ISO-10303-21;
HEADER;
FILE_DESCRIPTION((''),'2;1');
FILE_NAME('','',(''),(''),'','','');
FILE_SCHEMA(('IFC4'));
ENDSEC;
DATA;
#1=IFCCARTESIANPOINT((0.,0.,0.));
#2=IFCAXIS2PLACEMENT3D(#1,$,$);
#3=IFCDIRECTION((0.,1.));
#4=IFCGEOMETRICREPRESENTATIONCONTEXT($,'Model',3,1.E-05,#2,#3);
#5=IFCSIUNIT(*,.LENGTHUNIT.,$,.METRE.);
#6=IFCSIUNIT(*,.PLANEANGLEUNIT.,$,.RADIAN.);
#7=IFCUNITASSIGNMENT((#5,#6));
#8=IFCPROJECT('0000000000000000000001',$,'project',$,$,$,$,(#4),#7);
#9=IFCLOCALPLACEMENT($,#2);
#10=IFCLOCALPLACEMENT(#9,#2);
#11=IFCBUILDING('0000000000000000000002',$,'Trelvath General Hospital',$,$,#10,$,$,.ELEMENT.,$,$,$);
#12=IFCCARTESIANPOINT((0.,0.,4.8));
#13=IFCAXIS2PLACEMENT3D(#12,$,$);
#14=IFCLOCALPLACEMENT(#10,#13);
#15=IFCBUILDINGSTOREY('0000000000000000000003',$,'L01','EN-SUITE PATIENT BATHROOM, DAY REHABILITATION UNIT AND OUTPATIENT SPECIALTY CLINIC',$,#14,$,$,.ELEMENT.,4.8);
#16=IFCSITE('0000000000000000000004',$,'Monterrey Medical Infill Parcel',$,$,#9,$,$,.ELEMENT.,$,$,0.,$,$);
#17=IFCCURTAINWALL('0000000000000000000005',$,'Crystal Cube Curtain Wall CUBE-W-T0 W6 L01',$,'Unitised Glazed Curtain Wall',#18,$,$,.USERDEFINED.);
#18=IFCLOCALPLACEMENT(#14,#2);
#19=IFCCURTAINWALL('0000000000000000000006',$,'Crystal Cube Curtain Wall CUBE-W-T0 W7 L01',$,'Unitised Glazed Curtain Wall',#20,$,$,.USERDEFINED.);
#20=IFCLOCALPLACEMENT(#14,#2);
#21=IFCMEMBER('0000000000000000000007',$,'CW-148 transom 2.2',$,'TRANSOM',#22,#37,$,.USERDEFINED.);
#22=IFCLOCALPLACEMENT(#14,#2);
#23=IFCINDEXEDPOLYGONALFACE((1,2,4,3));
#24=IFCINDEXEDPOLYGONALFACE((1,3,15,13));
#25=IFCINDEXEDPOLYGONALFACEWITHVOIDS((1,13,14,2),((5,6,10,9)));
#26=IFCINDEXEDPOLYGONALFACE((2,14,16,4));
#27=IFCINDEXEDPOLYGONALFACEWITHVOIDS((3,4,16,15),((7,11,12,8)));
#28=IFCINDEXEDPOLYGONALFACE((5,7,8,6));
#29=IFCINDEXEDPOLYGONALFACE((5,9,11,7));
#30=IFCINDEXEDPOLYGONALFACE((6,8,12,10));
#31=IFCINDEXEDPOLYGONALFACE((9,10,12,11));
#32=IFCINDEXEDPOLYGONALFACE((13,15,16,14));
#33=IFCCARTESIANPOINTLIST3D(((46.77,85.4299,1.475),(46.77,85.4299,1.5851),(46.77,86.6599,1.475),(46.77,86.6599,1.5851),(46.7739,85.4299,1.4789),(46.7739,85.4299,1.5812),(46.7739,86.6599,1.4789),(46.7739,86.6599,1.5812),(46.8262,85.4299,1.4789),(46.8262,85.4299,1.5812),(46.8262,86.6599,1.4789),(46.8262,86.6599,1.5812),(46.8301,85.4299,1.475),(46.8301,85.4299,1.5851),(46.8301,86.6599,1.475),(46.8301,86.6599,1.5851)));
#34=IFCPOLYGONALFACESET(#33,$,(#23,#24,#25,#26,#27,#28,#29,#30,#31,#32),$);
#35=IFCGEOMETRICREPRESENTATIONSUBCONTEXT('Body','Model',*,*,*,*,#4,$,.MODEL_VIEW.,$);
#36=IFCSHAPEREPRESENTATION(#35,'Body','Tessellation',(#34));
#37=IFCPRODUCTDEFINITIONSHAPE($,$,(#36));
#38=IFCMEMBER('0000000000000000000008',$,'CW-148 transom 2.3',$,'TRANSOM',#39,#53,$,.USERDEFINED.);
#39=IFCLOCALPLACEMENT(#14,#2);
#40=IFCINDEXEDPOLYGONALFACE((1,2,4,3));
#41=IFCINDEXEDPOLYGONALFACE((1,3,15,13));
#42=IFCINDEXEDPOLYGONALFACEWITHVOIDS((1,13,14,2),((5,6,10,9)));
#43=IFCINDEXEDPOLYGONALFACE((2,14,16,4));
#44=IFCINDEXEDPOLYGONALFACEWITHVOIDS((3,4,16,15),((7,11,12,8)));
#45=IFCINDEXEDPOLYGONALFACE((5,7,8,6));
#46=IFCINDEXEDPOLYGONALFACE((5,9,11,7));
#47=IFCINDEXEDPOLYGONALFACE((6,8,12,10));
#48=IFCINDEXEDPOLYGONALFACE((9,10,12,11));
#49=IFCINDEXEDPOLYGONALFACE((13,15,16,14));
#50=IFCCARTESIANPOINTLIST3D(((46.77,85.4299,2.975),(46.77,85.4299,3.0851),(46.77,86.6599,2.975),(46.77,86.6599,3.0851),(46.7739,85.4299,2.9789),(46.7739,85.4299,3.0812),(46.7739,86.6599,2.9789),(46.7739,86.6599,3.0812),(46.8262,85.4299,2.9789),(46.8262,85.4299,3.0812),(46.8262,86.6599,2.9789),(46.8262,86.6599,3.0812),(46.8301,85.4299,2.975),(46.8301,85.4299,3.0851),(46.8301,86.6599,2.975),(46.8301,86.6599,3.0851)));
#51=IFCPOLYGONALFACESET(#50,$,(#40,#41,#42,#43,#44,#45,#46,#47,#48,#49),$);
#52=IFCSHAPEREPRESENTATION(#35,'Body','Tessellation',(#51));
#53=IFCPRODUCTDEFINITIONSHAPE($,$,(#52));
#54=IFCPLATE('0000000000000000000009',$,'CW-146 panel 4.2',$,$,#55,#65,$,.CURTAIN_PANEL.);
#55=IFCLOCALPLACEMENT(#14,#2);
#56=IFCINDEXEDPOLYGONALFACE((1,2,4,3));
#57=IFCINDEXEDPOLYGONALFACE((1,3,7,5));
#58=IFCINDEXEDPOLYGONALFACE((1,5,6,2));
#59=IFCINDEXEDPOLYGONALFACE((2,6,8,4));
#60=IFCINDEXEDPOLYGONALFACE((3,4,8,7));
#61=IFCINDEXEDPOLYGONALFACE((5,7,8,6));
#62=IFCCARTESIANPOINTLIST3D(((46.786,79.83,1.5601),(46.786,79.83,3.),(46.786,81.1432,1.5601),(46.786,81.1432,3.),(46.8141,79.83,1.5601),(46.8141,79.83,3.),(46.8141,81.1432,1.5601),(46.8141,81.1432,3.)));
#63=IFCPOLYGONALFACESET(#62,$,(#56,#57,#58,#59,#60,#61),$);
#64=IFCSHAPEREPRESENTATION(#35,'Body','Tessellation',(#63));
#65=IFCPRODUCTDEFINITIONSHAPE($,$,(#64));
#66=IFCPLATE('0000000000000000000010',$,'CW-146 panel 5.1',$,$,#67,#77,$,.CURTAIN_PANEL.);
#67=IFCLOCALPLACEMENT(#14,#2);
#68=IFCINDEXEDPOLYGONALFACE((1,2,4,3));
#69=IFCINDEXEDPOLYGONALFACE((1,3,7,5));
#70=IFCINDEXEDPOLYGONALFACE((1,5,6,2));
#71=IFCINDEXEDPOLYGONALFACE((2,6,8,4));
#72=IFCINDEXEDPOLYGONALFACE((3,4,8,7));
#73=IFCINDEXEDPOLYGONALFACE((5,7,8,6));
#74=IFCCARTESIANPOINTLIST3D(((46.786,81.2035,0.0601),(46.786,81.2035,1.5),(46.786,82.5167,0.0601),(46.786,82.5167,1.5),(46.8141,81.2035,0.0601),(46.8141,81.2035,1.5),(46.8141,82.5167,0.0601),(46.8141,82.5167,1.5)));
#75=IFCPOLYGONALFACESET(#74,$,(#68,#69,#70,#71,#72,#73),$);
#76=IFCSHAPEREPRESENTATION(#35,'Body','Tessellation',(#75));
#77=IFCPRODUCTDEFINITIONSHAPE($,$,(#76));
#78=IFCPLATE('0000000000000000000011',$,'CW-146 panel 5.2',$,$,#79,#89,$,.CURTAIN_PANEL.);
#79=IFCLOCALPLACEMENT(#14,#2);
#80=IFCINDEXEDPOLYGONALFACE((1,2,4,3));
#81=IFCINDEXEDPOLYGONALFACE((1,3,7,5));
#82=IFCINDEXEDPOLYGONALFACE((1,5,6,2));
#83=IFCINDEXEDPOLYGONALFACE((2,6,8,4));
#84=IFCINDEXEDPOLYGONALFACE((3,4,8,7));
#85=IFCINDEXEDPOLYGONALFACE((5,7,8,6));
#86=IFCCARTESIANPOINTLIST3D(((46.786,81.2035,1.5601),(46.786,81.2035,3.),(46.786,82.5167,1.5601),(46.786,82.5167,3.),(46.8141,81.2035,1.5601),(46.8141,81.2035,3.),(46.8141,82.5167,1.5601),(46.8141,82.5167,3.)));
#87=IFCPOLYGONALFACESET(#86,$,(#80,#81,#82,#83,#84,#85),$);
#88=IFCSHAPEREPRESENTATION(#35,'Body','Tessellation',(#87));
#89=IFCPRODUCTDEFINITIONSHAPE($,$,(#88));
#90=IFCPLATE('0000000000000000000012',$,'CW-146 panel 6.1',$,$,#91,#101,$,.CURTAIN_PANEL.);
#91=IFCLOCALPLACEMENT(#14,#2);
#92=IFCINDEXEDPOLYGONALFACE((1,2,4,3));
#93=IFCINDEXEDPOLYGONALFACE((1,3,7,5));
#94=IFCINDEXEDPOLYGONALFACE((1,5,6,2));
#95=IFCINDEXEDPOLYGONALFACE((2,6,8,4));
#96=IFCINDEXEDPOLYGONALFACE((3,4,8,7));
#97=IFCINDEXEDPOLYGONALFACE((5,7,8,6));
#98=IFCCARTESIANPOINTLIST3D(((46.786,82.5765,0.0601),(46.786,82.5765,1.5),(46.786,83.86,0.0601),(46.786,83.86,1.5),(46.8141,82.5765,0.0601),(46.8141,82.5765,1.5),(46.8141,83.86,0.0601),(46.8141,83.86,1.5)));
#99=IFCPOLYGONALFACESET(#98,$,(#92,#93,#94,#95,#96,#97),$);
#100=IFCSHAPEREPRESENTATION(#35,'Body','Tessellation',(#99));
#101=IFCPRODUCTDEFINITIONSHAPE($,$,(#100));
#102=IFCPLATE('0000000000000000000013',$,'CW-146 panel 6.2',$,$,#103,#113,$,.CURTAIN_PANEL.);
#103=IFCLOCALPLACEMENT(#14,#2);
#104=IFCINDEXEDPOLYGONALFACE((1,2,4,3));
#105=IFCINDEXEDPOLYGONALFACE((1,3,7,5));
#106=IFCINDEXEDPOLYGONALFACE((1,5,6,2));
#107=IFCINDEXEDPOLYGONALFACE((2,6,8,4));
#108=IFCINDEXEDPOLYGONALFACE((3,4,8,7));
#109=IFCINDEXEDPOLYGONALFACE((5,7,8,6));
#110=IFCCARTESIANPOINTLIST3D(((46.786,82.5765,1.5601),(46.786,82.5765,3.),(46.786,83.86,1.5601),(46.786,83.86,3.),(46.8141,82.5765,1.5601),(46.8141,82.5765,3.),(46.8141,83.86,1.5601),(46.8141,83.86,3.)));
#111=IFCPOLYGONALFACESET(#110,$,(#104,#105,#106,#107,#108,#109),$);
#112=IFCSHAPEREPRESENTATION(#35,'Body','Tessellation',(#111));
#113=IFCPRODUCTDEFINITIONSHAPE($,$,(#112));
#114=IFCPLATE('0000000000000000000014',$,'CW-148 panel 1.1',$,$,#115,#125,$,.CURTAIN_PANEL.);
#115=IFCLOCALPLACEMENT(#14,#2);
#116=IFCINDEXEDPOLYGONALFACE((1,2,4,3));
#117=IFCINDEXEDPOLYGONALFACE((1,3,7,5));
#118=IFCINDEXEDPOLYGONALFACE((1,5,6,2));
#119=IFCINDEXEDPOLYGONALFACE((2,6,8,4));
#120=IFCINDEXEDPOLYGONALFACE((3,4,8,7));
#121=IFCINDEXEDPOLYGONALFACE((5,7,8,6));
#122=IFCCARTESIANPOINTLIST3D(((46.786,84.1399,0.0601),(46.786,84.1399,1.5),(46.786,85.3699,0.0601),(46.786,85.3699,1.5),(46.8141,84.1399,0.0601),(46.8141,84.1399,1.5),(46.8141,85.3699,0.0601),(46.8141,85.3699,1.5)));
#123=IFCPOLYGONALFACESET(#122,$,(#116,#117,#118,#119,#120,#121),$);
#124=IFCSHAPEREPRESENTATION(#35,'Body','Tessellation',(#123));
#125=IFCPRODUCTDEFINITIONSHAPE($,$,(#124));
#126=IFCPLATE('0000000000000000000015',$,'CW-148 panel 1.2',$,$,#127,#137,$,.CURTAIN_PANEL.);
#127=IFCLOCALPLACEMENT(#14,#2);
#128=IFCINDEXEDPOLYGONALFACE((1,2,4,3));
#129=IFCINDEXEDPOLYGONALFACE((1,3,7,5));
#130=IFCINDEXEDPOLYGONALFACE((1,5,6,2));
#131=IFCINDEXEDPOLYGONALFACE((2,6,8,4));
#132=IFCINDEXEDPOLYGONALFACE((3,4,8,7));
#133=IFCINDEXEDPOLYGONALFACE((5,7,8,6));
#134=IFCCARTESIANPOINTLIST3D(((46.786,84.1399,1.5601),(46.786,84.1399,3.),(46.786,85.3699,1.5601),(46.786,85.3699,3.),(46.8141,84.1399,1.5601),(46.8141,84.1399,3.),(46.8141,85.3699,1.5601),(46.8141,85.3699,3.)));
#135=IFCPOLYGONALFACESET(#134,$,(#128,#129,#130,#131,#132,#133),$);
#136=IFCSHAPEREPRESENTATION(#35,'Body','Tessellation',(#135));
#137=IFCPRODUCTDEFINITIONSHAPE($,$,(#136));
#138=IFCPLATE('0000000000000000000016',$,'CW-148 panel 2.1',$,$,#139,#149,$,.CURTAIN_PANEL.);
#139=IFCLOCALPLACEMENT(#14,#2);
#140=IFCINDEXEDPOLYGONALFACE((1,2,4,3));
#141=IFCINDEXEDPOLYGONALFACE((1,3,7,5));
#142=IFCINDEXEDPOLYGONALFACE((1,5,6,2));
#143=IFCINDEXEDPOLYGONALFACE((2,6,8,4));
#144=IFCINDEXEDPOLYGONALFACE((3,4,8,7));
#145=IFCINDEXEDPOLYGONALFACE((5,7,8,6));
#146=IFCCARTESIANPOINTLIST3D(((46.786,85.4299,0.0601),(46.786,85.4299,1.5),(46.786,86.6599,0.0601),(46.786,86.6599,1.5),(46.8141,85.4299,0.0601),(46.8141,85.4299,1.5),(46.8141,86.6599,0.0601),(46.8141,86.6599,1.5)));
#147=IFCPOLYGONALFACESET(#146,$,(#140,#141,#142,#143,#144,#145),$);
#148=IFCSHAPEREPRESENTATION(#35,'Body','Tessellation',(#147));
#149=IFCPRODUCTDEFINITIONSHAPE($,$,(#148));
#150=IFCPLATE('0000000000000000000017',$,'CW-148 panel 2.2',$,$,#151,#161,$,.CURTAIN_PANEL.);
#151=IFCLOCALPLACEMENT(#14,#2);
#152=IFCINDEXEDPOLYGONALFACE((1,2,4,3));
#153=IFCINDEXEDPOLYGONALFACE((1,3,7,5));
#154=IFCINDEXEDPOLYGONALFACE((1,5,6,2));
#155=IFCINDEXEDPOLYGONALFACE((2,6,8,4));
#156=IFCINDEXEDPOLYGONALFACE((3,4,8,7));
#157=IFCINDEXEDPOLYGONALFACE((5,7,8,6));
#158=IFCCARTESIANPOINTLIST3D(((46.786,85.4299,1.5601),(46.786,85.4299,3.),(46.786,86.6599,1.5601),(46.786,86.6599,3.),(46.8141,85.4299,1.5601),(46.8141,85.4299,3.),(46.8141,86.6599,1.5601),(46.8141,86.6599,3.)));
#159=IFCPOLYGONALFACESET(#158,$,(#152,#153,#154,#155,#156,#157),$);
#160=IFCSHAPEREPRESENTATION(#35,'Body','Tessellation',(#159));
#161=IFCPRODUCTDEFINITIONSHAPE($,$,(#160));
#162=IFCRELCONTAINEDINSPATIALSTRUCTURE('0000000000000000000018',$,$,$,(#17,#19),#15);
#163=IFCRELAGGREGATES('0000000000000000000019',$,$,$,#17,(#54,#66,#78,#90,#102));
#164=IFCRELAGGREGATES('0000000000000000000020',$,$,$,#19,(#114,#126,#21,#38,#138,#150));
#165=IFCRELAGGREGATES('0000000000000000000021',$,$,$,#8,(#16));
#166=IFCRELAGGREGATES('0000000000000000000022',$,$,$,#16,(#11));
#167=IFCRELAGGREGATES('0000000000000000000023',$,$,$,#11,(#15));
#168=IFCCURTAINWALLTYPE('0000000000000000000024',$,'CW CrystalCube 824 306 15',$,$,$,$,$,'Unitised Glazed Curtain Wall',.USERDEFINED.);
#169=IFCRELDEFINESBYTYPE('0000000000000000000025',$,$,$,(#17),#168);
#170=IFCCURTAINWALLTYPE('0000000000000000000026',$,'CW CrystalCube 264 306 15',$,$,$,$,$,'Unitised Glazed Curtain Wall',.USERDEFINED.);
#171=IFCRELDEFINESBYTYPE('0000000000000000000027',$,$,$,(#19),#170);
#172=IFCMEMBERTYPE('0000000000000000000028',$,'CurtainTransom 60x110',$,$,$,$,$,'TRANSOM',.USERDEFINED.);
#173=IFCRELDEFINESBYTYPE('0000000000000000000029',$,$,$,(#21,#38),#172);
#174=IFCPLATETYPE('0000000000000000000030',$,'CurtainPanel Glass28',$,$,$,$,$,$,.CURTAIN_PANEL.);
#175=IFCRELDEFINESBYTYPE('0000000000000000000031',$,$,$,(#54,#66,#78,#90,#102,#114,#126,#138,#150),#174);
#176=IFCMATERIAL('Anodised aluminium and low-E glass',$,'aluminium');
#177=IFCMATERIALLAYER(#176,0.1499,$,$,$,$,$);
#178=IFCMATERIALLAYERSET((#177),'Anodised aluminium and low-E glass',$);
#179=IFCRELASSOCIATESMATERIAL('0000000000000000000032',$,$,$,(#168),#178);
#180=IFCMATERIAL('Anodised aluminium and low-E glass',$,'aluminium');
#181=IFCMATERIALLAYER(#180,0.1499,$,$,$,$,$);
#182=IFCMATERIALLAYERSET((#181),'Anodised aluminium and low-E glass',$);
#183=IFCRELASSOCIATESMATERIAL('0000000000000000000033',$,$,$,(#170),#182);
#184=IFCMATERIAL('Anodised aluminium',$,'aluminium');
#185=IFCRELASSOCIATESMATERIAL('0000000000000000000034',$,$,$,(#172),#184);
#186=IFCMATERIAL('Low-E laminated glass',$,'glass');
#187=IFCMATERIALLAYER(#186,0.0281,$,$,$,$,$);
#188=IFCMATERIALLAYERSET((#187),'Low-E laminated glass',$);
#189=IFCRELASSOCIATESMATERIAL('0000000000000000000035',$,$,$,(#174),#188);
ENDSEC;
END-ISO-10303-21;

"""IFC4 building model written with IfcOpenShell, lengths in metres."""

from ifc_helpers import new_model, si_unit, direction, frame, origin, origin_2d, place, context, subcontext, project, spatial, rectangle, hollow_rectangle, extrude, material, layer, layer_set, material_profile, profile_set, type_object, element, aggregate, save


model = new_model("IFC4")

# Units and contexts
model_context = context("Model", 3, precision=1e-05, world=origin(), true_north=direction((0.0, 1.0)))
body_context = subcontext(model_context, "Body", "Model", "MODEL_VIEW")
ifc_project = project(units=[si_unit("LENGTHUNIT", "METRE"), si_unit("PLANEANGLEUNIT", "RADIAN")], contexts=[model_context])

# Site, building, storey
site_placement = place(None, origin())
site = spatial("IfcSite", under=ifc_project, at=site_placement, Name="Monterrey Medical Infill Parcel", CompositionType="ELEMENT", RefElevation=0.0)
building_placement = place(site_placement, origin())
building = spatial("IfcBuilding", under=site, at=building_placement, Name="Trelvath General Hospital", CompositionType="ELEMENT")
storey_placement = place(building_placement, frame((0.0, 0.0, 4.8)))
storey = spatial("IfcBuildingStorey", under=building, at=storey_placement, Name="L01", Description="EN-SUITE PATIENT BATHROOM, DAY REHABILITATION UNIT AND OUTPATIENT SPECIALTY CLINIC", CompositionType="ELEMENT", Elevation=4.8)

# Curtain walls
ifc_material_1 = material(Name="Anodised aluminium and low-E glass", Category="aluminium")
ifc_layer_1 = layer(ifc_material_1, 0.1499)
ifc_layer_set_1 = layer_set([ifc_layer_1], Name="Anodised aluminium and low-E glass")
curtain_wall_type_1 = type_object("IfcCurtainWallType", Name="CW CrystalCube 824 306 15", ElementType="Unitised Glazed Curtain Wall", PredefinedType="USERDEFINED", material=ifc_layer_set_1)
curtain_wall_1_placement = place(storey_placement, origin())
curtain_wall_1 = element("IfcCurtainWall", 1, at=curtain_wall_1_placement, inside=storey, type_object=curtain_wall_type_1, Name="Crystal Cube Curtain Wall CUBE-W-T0 W6 L01", ObjectType="Unitised Glazed Curtain Wall", PredefinedType="USERDEFINED")
ifc_material_2 = material(Name="Anodised aluminium and low-E glass", Category="aluminium")
ifc_layer_2 = layer(ifc_material_2, 0.1499)
ifc_layer_set_2 = layer_set([ifc_layer_2], Name="Anodised aluminium and low-E glass")
curtain_wall_type_2 = type_object("IfcCurtainWallType", Name="CW CrystalCube 264 306 15", ElementType="Unitised Glazed Curtain Wall", PredefinedType="USERDEFINED", material=ifc_layer_set_2)
curtain_wall_2_placement = place(storey_placement, origin())
curtain_wall_2 = element("IfcCurtainWall", 2, at=curtain_wall_2_placement, inside=storey, type_object=curtain_wall_type_2, Name="Crystal Cube Curtain Wall CUBE-W-T0 W7 L01", ObjectType="Unitised Glazed Curtain Wall", PredefinedType="USERDEFINED")

# Members
ifc_material_3 = material(Name="Anodised aluminium", Category="aluminium")
ifc_material_profile_1 = material_profile(ifc_material_3, hollow_rectangle(XDim=0.0601, YDim=0.1101, WallThickness=0.0039, at=origin_2d()), Name="RHS60x110x4")
ifc_profile_set_1 = profile_set([ifc_material_profile_1], Name="Anodised aluminium")
member_type_1 = type_object("IfcMemberType", Name="CurtainTransom 60x110", ElementType="TRANSOM", PredefinedType="USERDEFINED", material=ifc_profile_set_1)
member_1_placement = place(storey_placement, frame((46.8, 85.4299, 1.53), z_axis=(0.0, 1.0, 0.0), x_axis=(-1.0, 0.0, 0.0)))
member_1 = element("IfcMember", 3, at=member_1_placement, type_object=member_type_1, Name="CW-148 transom 2.2", ObjectType="TRANSOM", PredefinedType="USERDEFINED", context=body_context, shape_type="SweptSolid", body=[
    extrude(hollow_rectangle(XDim=0.0601, YDim=0.1101, WallThickness=0.0039, at=origin_2d()), origin(), (0.0, 0.0, 1.0), 1.23),
])
member_2_placement = place(storey_placement, frame((46.8, 85.4299, 3.03), z_axis=(0.0, 1.0, 0.0), x_axis=(-1.0, 0.0, 0.0)))
member_2 = element("IfcMember", 4, at=member_2_placement, type_object=member_type_1, Name="CW-148 transom 2.3", ObjectType="TRANSOM", PredefinedType="USERDEFINED", context=body_context, shape_type="SweptSolid", body=[
    extrude(hollow_rectangle(XDim=0.0601, YDim=0.1101, WallThickness=0.0039, at=origin_2d()), origin(), (0.0, 0.0, 1.0), 1.23),
])

# Plates
ifc_material_4 = material(Name="Low-E laminated glass", Category="glass")
ifc_layer_3 = layer(ifc_material_4, 0.0281)
ifc_layer_set_3 = layer_set([ifc_layer_3], Name="Low-E laminated glass")
plate_type = type_object("IfcPlateType", Name="CurtainPanel Glass28", PredefinedType="CURTAIN_PANEL", material=ifc_layer_set_3)
plate_1_placement = place(storey_placement, frame((46.8, 80.4866, 1.5601), z_axis=(0.0, 0.0, 1.0), x_axis=(0.0, 1.0, 0.0)))
plate_1 = element("IfcPlate", 5, at=plate_1_placement, type_object=plate_type, Name="CW-146 panel 4.2", PredefinedType="CURTAIN_PANEL", context=body_context, shape_type="SweptSolid", body=[
    extrude(rectangle(XDim=1.3132, YDim=0.0281, at=origin_2d()), origin(), (0.0, 0.0, 1.0), 1.4399),
])
plate_2_placement = place(storey_placement, frame((46.8, 81.8601, 0.0601), z_axis=(0.0, 0.0, 1.0), x_axis=(0.0, 1.0, 0.0)))
plate_2 = element("IfcPlate", 6, at=plate_2_placement, type_object=plate_type, Name="CW-146 panel 5.1", PredefinedType="CURTAIN_PANEL", context=body_context, shape_type="SweptSolid", body=[
    extrude(rectangle(XDim=1.3132, YDim=0.0281, at=origin_2d()), origin(), (0.0, 0.0, 1.0), 1.4399),
])
plate_3_placement = place(storey_placement, frame((46.8, 81.8601, 1.5601), z_axis=(0.0, 0.0, 1.0), x_axis=(0.0, 1.0, 0.0)))
plate_3 = element("IfcPlate", 7, at=plate_3_placement, type_object=plate_type, Name="CW-146 panel 5.2", PredefinedType="CURTAIN_PANEL", context=body_context, shape_type="SweptSolid", body=[
    extrude(rectangle(XDim=1.3132, YDim=0.0281, at=origin_2d()), origin(), (0.0, 0.0, 1.0), 1.4399),
])
plate_4_placement = place(storey_placement, frame((46.8, 83.2183, 0.0601), z_axis=(0.0, 0.0, 1.0), x_axis=(0.0, 1.0, 0.0)))
plate_4 = element("IfcPlate", 8, at=plate_4_placement, type_object=plate_type, Name="CW-146 panel 6.1", PredefinedType="CURTAIN_PANEL", context=body_context, shape_type="SweptSolid", body=[
    extrude(rectangle(XDim=1.2834, YDim=0.0281, at=origin_2d()), origin(), (0.0, 0.0, 1.0), 1.4399),
])
plate_5_placement = place(storey_placement, frame((46.8, 83.2183, 1.5601), z_axis=(0.0, 0.0, 1.0), x_axis=(0.0, 1.0, 0.0)))
plate_5 = element("IfcPlate", 9, at=plate_5_placement, type_object=plate_type, Name="CW-146 panel 6.2", PredefinedType="CURTAIN_PANEL", context=body_context, shape_type="SweptSolid", body=[
    extrude(rectangle(XDim=1.2834, YDim=0.0281, at=origin_2d()), origin(), (0.0, 0.0, 1.0), 1.4399),
])
aggregate(curtain_wall_1, [plate_1, plate_2, plate_3, plate_4, plate_5])
plate_6_placement = place(storey_placement, frame((46.8, 84.7549, 0.0601), z_axis=(0.0, 0.0, 1.0), x_axis=(0.0, 1.0, 0.0)))
plate_6 = element("IfcPlate", 10, at=plate_6_placement, type_object=plate_type, Name="CW-148 panel 1.1", PredefinedType="CURTAIN_PANEL", context=body_context, shape_type="SweptSolid", body=[
    extrude(rectangle(XDim=1.23, YDim=0.0281, at=origin_2d()), origin(), (0.0, 0.0, 1.0), 1.4399),
])
plate_7_placement = place(storey_placement, frame((46.8, 84.7549, 1.5601), z_axis=(0.0, 0.0, 1.0), x_axis=(0.0, 1.0, 0.0)))
plate_7 = element("IfcPlate", 11, at=plate_7_placement, type_object=plate_type, Name="CW-148 panel 1.2", PredefinedType="CURTAIN_PANEL", context=body_context, shape_type="SweptSolid", body=[
    extrude(rectangle(XDim=1.23, YDim=0.0281, at=origin_2d()), origin(), (0.0, 0.0, 1.0), 1.4399),
])
plate_8_placement = place(storey_placement, frame((46.8, 86.0449, 0.0601), z_axis=(0.0, 0.0, 1.0), x_axis=(0.0, 1.0, 0.0)))
plate_8 = element("IfcPlate", 12, at=plate_8_placement, type_object=plate_type, Name="CW-148 panel 2.1", PredefinedType="CURTAIN_PANEL", context=body_context, shape_type="SweptSolid", body=[
    extrude(rectangle(XDim=1.23, YDim=0.0281, at=origin_2d()), origin(), (0.0, 0.0, 1.0), 1.4399),
])
plate_9_placement = place(storey_placement, frame((46.8, 86.0449, 1.5601), z_axis=(0.0, 0.0, 1.0), x_axis=(0.0, 1.0, 0.0)))
plate_9 = element("IfcPlate", 13, at=plate_9_placement, type_object=plate_type, Name="CW-148 panel 2.2", PredefinedType="CURTAIN_PANEL", context=body_context, shape_type="SweptSolid", body=[
    extrude(rectangle(XDim=1.23, YDim=0.0281, at=origin_2d()), origin(), (0.0, 0.0, 1.0), 1.4399),
])
aggregate(curtain_wall_2, [plate_6, plate_7, member_1, member_2, plate_8, plate_9])

save(model, "model.ifc")
